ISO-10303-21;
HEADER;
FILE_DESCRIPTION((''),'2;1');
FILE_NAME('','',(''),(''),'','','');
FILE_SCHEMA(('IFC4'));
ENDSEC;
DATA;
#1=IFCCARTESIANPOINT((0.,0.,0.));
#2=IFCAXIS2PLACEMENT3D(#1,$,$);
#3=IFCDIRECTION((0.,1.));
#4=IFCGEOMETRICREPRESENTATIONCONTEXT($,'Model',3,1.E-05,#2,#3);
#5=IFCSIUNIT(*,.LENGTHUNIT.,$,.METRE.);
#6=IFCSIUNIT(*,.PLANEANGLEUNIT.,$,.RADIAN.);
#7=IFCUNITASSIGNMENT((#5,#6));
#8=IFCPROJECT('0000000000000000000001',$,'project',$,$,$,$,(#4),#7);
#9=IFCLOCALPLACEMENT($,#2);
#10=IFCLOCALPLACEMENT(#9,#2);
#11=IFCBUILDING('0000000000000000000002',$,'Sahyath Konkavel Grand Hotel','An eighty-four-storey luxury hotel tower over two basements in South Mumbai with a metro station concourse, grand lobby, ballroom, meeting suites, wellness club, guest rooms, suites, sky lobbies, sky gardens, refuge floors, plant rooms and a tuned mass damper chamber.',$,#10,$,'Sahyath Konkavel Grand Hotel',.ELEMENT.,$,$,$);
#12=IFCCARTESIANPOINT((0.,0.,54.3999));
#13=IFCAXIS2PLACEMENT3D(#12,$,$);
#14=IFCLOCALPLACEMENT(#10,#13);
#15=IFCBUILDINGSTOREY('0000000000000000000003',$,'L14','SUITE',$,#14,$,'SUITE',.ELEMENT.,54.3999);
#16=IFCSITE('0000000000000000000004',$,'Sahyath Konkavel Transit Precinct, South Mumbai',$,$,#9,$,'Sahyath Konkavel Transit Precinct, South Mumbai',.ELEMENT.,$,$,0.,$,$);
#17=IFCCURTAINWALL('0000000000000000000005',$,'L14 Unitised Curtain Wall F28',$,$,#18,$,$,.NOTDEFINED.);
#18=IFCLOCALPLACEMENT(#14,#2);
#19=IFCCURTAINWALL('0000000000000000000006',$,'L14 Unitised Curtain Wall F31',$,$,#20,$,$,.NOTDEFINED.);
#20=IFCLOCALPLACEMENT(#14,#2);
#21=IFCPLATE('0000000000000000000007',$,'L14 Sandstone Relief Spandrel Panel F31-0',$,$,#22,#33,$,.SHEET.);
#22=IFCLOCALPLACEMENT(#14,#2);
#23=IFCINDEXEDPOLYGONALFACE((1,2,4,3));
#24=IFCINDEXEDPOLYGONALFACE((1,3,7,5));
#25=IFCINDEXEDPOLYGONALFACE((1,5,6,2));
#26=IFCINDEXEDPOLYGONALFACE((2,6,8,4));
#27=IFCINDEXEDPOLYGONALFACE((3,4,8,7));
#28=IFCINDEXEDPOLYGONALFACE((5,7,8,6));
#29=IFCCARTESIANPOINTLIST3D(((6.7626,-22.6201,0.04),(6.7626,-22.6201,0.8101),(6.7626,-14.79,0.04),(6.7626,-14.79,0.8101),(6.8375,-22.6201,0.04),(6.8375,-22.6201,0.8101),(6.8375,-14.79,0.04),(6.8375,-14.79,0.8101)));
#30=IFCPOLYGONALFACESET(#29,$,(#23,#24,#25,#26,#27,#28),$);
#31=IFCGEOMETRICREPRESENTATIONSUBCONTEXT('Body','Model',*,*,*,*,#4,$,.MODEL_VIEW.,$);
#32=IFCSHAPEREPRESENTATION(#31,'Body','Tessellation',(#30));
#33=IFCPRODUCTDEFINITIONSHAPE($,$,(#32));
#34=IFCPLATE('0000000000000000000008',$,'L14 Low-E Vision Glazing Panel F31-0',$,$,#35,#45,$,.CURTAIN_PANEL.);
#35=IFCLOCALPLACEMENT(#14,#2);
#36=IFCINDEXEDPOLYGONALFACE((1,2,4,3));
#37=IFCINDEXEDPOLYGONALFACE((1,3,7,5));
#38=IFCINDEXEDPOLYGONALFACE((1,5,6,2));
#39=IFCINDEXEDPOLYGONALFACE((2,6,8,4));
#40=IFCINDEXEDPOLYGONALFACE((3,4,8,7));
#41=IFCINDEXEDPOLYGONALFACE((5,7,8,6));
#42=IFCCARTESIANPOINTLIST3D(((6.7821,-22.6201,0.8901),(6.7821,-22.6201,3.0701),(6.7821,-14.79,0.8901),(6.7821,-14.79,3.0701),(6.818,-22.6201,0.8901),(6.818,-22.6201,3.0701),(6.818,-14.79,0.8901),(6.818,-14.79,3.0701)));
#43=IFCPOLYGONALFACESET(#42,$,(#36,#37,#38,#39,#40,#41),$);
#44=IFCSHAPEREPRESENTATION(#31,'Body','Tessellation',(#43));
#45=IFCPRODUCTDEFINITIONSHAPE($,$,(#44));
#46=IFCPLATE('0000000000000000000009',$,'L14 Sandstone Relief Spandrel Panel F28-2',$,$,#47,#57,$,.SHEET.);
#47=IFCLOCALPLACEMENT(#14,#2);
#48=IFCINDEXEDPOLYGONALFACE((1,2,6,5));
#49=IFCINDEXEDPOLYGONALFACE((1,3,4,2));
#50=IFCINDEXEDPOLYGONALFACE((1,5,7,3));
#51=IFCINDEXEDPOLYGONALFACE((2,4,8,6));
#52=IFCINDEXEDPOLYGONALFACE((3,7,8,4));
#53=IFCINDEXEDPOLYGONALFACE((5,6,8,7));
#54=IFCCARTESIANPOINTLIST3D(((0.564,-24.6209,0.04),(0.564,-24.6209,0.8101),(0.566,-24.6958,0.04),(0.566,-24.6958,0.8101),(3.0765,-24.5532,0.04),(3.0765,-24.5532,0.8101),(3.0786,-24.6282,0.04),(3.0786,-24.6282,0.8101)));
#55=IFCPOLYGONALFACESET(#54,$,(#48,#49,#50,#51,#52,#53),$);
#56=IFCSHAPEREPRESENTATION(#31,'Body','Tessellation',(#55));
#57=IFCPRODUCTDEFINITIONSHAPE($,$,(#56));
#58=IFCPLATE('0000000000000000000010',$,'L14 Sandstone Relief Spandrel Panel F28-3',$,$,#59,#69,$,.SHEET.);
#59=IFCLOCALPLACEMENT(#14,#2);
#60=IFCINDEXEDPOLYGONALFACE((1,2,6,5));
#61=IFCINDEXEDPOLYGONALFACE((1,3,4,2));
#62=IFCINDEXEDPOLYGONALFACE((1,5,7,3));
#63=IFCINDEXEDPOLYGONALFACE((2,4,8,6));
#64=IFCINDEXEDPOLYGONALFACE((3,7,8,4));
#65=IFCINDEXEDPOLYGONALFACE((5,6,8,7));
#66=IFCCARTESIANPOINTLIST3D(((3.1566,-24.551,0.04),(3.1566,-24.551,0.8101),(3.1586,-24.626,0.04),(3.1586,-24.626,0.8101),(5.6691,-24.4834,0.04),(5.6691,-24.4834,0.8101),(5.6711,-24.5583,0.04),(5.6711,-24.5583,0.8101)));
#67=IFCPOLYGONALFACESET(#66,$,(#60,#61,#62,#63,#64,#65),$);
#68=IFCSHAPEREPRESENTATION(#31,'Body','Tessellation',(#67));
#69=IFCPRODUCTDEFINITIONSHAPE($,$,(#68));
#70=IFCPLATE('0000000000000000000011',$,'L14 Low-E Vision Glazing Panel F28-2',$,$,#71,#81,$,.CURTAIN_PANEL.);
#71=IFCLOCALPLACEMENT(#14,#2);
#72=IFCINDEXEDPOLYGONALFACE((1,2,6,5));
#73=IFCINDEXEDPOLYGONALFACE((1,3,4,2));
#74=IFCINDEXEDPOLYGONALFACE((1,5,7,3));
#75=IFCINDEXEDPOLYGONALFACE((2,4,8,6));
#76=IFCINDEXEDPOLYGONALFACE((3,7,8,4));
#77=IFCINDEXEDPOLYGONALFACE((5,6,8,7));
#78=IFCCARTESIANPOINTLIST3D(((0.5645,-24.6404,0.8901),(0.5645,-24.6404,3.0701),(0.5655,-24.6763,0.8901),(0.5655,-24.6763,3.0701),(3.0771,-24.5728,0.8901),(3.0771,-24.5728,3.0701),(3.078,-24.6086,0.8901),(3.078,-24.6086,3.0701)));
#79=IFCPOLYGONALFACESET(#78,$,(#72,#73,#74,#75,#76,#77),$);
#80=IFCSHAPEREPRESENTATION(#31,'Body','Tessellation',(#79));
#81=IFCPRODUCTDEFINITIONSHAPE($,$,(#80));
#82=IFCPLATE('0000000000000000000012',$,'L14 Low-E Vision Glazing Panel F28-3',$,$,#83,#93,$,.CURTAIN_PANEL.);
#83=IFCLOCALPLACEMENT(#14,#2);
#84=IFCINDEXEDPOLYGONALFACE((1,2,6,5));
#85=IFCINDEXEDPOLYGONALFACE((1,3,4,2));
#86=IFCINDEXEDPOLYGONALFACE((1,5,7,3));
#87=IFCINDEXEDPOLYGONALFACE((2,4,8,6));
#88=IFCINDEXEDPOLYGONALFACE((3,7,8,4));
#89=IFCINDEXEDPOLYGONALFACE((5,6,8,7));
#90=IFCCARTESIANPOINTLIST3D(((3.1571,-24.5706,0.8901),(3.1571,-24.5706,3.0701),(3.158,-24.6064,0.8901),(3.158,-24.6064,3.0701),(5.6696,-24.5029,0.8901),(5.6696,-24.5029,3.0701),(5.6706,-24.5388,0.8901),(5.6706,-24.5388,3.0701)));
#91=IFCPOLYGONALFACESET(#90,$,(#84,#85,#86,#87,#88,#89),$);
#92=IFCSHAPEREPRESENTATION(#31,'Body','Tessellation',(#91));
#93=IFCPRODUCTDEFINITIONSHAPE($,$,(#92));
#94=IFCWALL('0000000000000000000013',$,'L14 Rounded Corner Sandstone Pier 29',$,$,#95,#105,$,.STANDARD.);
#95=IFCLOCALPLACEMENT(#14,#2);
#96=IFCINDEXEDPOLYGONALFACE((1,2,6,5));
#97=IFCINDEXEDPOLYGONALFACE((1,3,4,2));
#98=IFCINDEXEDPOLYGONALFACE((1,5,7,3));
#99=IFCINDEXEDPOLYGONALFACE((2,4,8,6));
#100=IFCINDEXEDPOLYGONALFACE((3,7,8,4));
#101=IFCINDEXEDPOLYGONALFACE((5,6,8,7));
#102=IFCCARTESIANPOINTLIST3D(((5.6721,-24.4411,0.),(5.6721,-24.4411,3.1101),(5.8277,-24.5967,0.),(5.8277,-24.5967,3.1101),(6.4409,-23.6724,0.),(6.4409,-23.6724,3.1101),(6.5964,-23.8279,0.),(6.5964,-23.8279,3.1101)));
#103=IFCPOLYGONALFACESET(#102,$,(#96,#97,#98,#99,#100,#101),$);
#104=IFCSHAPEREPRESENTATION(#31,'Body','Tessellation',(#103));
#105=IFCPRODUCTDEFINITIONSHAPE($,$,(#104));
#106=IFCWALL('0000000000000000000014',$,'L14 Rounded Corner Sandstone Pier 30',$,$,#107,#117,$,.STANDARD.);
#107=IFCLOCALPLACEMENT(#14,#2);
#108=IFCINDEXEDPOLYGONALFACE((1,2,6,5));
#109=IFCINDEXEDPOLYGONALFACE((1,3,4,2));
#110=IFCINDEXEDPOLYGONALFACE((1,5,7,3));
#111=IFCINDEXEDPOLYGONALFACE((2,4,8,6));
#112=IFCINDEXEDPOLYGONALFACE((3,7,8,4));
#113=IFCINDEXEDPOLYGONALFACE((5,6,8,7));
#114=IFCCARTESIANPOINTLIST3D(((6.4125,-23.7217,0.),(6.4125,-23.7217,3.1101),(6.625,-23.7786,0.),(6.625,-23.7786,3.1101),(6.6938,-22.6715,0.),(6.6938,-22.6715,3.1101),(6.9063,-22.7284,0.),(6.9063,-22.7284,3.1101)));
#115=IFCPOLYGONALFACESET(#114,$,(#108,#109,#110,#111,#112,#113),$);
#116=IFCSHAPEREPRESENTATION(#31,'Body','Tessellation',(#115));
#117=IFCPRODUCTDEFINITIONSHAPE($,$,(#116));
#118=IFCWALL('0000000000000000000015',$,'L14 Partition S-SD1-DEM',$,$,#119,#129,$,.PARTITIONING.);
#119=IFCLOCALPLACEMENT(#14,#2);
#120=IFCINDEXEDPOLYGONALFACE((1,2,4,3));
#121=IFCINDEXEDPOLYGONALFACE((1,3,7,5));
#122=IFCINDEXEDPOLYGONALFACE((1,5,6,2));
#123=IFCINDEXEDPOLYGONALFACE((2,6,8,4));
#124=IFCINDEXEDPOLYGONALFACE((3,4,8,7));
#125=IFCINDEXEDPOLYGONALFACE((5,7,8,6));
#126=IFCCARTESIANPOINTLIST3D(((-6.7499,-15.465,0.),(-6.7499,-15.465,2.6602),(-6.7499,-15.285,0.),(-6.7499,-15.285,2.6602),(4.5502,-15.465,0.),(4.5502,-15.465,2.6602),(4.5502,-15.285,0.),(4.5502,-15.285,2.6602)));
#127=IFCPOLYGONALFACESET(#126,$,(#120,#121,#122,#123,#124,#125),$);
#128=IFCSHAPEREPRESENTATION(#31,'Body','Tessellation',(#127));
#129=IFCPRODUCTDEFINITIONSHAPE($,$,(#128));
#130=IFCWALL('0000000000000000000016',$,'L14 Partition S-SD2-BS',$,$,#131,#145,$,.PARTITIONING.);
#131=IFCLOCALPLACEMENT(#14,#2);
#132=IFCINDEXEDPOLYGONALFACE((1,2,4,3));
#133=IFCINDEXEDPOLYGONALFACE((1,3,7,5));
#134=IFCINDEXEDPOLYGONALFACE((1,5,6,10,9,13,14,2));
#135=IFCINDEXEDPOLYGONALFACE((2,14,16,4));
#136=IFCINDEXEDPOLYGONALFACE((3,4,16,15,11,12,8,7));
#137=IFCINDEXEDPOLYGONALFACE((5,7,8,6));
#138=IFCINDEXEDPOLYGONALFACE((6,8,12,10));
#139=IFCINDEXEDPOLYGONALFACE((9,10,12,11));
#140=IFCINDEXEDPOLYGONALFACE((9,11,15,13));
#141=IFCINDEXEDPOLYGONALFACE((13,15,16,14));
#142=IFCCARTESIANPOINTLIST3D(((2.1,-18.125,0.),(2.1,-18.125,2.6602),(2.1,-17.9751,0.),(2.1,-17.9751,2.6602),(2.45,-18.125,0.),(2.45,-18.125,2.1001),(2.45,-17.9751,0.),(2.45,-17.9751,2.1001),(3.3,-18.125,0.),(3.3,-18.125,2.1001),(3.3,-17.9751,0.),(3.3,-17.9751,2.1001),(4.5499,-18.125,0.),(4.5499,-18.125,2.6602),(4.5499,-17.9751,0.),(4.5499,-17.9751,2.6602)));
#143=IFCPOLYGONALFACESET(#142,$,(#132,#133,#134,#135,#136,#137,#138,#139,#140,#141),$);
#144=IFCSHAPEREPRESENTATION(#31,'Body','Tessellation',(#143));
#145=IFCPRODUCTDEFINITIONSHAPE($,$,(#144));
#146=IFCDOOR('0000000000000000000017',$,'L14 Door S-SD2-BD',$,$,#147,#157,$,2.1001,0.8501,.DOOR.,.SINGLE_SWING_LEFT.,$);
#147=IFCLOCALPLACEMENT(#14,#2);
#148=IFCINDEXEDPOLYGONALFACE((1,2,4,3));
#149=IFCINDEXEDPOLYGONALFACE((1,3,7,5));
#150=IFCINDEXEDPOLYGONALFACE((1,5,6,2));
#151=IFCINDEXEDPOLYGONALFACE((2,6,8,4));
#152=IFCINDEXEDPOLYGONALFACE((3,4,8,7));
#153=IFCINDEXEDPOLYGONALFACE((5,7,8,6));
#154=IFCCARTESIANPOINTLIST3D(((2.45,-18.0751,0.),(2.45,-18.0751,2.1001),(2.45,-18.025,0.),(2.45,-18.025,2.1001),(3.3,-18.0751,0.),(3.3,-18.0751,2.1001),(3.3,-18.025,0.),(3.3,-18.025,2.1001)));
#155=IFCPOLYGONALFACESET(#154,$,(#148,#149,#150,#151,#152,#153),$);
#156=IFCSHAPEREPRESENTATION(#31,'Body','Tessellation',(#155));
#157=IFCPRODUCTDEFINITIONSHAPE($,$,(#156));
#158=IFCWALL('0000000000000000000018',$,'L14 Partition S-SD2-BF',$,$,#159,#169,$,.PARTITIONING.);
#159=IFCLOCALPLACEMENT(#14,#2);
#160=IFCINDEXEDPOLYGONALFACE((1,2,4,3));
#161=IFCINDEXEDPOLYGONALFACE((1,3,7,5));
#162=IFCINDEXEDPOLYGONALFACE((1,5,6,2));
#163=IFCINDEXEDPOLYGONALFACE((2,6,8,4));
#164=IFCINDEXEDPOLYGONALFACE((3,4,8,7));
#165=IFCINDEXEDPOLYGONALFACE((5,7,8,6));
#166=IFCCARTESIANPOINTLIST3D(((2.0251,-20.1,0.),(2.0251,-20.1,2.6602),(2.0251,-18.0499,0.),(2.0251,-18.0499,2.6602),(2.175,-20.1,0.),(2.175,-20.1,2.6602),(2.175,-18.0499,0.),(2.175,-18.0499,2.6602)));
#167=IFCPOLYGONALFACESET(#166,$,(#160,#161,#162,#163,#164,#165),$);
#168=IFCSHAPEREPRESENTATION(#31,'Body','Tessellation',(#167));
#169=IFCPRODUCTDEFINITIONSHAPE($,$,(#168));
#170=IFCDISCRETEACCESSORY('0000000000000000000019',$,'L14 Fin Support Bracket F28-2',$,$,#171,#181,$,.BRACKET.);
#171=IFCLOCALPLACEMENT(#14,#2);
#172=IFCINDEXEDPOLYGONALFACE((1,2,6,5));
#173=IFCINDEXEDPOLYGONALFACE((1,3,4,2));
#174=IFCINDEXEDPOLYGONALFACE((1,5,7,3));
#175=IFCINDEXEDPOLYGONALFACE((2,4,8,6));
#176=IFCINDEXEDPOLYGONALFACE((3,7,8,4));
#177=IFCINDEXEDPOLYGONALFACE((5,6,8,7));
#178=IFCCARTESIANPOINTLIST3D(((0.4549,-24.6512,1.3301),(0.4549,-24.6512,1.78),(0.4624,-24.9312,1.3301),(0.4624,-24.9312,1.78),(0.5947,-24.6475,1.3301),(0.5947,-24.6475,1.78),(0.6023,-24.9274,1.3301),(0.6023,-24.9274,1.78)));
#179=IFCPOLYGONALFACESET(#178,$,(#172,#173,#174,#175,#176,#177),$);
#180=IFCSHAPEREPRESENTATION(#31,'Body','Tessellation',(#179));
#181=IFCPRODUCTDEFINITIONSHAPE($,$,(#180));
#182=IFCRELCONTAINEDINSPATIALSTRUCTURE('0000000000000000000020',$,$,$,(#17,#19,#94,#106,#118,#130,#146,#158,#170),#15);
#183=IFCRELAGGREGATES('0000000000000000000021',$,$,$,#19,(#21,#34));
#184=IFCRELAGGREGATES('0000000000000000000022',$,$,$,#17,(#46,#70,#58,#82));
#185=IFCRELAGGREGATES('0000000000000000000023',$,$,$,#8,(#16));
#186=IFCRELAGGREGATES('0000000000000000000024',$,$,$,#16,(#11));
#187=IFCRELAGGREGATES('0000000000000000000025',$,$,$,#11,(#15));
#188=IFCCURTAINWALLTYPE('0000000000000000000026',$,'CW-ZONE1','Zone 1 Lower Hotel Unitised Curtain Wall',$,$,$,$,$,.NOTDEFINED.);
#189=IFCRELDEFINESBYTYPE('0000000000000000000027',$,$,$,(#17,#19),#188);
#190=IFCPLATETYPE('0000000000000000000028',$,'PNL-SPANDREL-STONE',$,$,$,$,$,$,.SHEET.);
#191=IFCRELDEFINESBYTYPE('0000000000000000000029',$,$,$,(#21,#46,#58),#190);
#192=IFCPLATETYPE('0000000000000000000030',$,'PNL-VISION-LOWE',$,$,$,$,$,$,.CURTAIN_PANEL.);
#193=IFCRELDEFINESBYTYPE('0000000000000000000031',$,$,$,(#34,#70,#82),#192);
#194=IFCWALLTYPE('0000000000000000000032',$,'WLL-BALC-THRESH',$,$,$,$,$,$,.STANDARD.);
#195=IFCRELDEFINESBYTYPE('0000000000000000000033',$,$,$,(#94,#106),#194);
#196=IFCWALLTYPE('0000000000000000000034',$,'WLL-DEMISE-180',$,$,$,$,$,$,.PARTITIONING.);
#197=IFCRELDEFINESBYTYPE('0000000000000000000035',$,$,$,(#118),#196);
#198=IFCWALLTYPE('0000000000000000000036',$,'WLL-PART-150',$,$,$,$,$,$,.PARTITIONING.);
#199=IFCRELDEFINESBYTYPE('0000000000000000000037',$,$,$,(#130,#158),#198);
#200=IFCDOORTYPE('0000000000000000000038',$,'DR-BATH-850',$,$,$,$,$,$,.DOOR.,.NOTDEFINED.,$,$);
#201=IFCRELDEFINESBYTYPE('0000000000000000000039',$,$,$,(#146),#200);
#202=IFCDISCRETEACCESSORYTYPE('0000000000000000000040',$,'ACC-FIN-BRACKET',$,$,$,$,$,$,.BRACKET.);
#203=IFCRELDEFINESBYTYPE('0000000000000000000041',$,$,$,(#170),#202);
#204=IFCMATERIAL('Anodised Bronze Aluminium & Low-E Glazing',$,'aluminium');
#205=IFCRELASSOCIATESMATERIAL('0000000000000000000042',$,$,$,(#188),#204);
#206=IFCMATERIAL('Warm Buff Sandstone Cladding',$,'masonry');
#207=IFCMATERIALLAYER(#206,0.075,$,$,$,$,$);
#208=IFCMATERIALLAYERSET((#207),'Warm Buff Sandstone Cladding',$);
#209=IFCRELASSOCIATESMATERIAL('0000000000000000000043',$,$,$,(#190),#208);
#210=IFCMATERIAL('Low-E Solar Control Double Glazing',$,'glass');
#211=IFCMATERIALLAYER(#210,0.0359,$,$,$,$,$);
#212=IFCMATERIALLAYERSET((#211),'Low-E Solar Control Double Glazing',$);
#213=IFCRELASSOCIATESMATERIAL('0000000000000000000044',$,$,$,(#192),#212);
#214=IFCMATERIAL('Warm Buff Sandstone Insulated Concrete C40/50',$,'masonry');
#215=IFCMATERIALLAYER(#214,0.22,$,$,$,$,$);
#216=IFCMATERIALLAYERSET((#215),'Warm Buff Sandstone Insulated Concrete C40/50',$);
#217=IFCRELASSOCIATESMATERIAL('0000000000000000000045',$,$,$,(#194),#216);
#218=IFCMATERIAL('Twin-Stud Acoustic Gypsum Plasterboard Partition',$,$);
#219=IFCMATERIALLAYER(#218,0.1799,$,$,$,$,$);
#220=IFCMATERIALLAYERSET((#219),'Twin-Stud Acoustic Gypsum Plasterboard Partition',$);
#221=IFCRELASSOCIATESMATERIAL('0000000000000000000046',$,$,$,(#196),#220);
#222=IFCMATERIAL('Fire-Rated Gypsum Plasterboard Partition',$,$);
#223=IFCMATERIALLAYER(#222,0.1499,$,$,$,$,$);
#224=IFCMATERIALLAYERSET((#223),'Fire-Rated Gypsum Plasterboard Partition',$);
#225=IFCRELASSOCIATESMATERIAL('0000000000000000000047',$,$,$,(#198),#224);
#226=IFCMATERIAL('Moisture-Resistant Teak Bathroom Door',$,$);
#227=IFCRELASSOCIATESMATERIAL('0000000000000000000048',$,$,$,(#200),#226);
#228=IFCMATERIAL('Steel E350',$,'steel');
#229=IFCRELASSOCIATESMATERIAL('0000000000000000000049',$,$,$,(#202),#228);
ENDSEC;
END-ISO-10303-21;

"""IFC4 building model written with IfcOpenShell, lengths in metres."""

from ifc_helpers import new_model, si_unit, direction, frame, frame_2d, origin, origin_2d, place, context, subcontext, project, spatial, rectangle, extrude, source, transform, mapped, material, layer, layer_set, type_object, element, fill, aggregate, save


model = new_model("IFC4")

# Units and contexts
model_context = context("Model", 3, precision=1e-05, world=origin(), true_north=direction((0.0, 1.0)))
body_context = subcontext(model_context, "Body", "Model", "MODEL_VIEW")
ifc_project = project(units=[si_unit("LENGTHUNIT", "METRE"), si_unit("PLANEANGLEUNIT", "RADIAN")], contexts=[model_context])

# Site, building, storey
site_placement = place(None, origin())
site = spatial("IfcSite", under=ifc_project, at=site_placement, Name="Sahyath Konkavel Transit Precinct, South Mumbai", LongName="Sahyath Konkavel Transit Precinct, South Mumbai", CompositionType="ELEMENT", RefElevation=0.0)
building_placement = place(site_placement, origin())
building = spatial("IfcBuilding", under=site, at=building_placement, Name="Sahyath Konkavel Grand Hotel", Description="An eighty-four-storey luxury hotel tower over two basements in South Mumbai with a metro station concourse, grand lobby, ballroom, meeting suites, wellness club, guest rooms, suites, sky lobbies, sky gardens, refuge floors, plant rooms and a tuned mass damper chamber.", LongName="Sahyath Konkavel Grand Hotel", CompositionType="ELEMENT")
storey_placement = place(building_placement, frame((0.0, 0.0, 54.3999)))
storey = spatial("IfcBuildingStorey", under=building, at=storey_placement, Name="L14", Description="SUITE", LongName="SUITE", CompositionType="ELEMENT", Elevation=54.3999)

# Curtain wall
ifc_material_1 = material(Name="Anodised Bronze Aluminium & Low-E Glazing", Category="aluminium")
curtain_wall_type = type_object("IfcCurtainWallType", Name="CW-ZONE1", Description="Zone 1 Lower Hotel Unitised Curtain Wall", PredefinedType="NOTDEFINED", material=ifc_material_1)
curtain_wall_1_placement = place(storey_placement, origin())
curtain_wall_1 = element("IfcCurtainWall", 1, at=curtain_wall_1_placement, inside=storey, type_object=curtain_wall_type, Name="L14 Unitised Curtain Wall F28", PredefinedType="NOTDEFINED")

# Curtain wall
curtain_wall_2_placement = place(storey_placement, origin())
curtain_wall_2 = element("IfcCurtainWall", 2, at=curtain_wall_2_placement, inside=storey, type_object=curtain_wall_type, Name="L14 Unitised Curtain Wall F31", PredefinedType="NOTDEFINED")

# Plates
ifc_material_2 = material(Name="Warm Buff Sandstone Cladding", Category="masonry")
ifc_layer_1 = layer(ifc_material_2, 0.075)
ifc_layer_set_1 = layer_set([ifc_layer_1], Name="Warm Buff Sandstone Cladding")
plate_type_1 = type_object("IfcPlateType", Name="PNL-SPANDREL-STONE", PredefinedType="SHEET", material=ifc_layer_set_1)
shared_shape_1 = source(origin(), body_context, "Body", "SweptSolid", [
    extrude(rectangle(XDim=7.8301, YDim=0.075, at=origin_2d()), origin(), (0.0, 0.0, 1.0), 0.77),
])
plate_1_placement = place(storey_placement, frame((6.8, -18.7051, 0.04), z_axis=(0.0, 0.0, 1.0), x_axis=(0.0, 1.0, 0.0)))
plate_1 = element("IfcPlate", 3, at=plate_1_placement, type_object=plate_type_1, Name="L14 Sandstone Relief Spandrel Panel F31-0", PredefinedType="SHEET", context=body_context, shape_type="MappedRepresentation", body=[
    mapped(shared_shape_1, transform((0.0, 0.0, 0.0), scale=1.0)),
])
ifc_material_3 = material(Name="Low-E Solar Control Double Glazing", Category="glass")
ifc_layer_2 = layer(ifc_material_3, 0.0359)
ifc_layer_set_2 = layer_set([ifc_layer_2], Name="Low-E Solar Control Double Glazing")
plate_type_2 = type_object("IfcPlateType", Name="PNL-VISION-LOWE", PredefinedType="CURTAIN_PANEL", material=ifc_layer_set_2)
shared_shape_2 = source(origin(), body_context, "Body", "SweptSolid", [
    extrude(rectangle(XDim=7.8301, YDim=0.0359, at=origin_2d()), origin(), (0.0, 0.0, 1.0), 2.1799),
])
plate_2_placement = place(storey_placement, frame((6.8, -18.7051, 0.8901), z_axis=(0.0, 0.0, 1.0), x_axis=(0.0, 1.0, 0.0)))
plate_2 = element("IfcPlate", 4, at=plate_2_placement, type_object=plate_type_2, Name="L14 Low-E Vision Glazing Panel F31-0", PredefinedType="CURTAIN_PANEL", context=body_context, shape_type="MappedRepresentation", body=[
    mapped(shared_shape_2, transform((0.0, 0.0, 0.0), scale=1.0)),
])
aggregate(curtain_wall_2, [plate_1, plate_2])
shared_shape_3 = source(origin(), body_context, "Body", "SweptSolid", [
    extrude(rectangle(XDim=2.5134, YDim=0.075, at=origin_2d()), origin(), (0.0, 0.0, 1.0), 0.77),
])
plate_3_placement = place(storey_placement, frame((1.8213, -24.6245, 0.04), z_axis=(0.0, 0.0, 1.0), x_axis=(0.999638, 0.02691, 0.0)))
plate_3 = element("IfcPlate", 5, at=plate_3_placement, type_object=plate_type_1, Name="L14 Sandstone Relief Spandrel Panel F28-2", PredefinedType="SHEET", context=body_context, shape_type="MappedRepresentation", body=[
    mapped(shared_shape_3, transform((0.0, 0.0, 0.0), scale=1.0)),
])
plate_4_placement = place(storey_placement, frame((4.4138, -24.5547, 0.04), z_axis=(0.0, 0.0, 1.0), x_axis=(0.999638, 0.02691, 0.0)))
plate_4 = element("IfcPlate", 6, at=plate_4_placement, type_object=plate_type_1, Name="L14 Sandstone Relief Spandrel Panel F28-3", PredefinedType="SHEET", context=body_context, shape_type="MappedRepresentation", body=[
    mapped(shared_shape_3, transform((0.0, 0.0, 0.0), scale=1.0)),
])
shared_shape_4 = source(origin(), body_context, "Body", "SweptSolid", [
    extrude(rectangle(XDim=2.5134, YDim=0.0359, at=origin_2d()), origin(), (0.0, 0.0, 1.0), 2.1799),
])
plate_5_placement = place(storey_placement, frame((1.8213, -24.6245, 0.8901), z_axis=(0.0, 0.0, 1.0), x_axis=(0.999638, 0.02691, 0.0)))
plate_5 = element("IfcPlate", 7, at=plate_5_placement, type_object=plate_type_2, Name="L14 Low-E Vision Glazing Panel F28-2", PredefinedType="CURTAIN_PANEL", context=body_context, shape_type="MappedRepresentation", body=[
    mapped(shared_shape_4, transform((0.0, 0.0, 0.0), scale=1.0)),
])
plate_6_placement = place(storey_placement, frame((4.4138, -24.5547, 0.8901), z_axis=(0.0, 0.0, 1.0), x_axis=(0.999638, 0.02691, 0.0)))
plate_6 = element("IfcPlate", 8, at=plate_6_placement, type_object=plate_type_2, Name="L14 Low-E Vision Glazing Panel F28-3", PredefinedType="CURTAIN_PANEL", context=body_context, shape_type="MappedRepresentation", body=[
    mapped(shared_shape_4, transform((0.0, 0.0, 0.0), scale=1.0)),
])
aggregate(curtain_wall_1, [plate_3, plate_5, plate_4, plate_6])

# Walls
ifc_material_4 = material(Name="Warm Buff Sandstone Insulated Concrete C40/50", Category="masonry")
ifc_layer_3 = layer(ifc_material_4, 0.22)
ifc_layer_set_3 = layer_set([ifc_layer_3], Name="Warm Buff Sandstone Insulated Concrete C40/50")
wall_type_1 = type_object("IfcWallType", Name="WLL-BALC-THRESH", PredefinedType="STANDARD", material=ifc_layer_set_3)
for number, where, z_axis, x_axis, name in (
    (9, (5.75, -24.5188, 0.0), (0.0, 0.0, 1.0), (0.707107, 0.707107, 0.0), "L14 Rounded Corner Sandstone Pier 29"),
    (10, (6.5188, -23.75, 0.0), (0.0, 0.0, 1.0), (0.258725, 0.965951, 0.0), "L14 Rounded Corner Sandstone Pier 30"),
):
    element("IfcWall", number, at=place(storey_placement, frame(where, z_axis=z_axis, x_axis=x_axis)), inside=storey, type_object=wall_type_1, Name=name, PredefinedType="STANDARD", context=body_context, shape_type="SweptSolid", body=[
        extrude(rectangle(XDim=1.0872, YDim=0.22, at=frame_2d((0.5435, 0.0))), origin(), (0.0, 0.0, 1.0), 3.1101),
    ])
ifc_material_5 = material(Name="Twin-Stud Acoustic Gypsum Plasterboard Partition")
ifc_layer_4 = layer(ifc_material_5, 0.1799)
ifc_layer_set_4 = layer_set([ifc_layer_4], Name="Twin-Stud Acoustic Gypsum Plasterboard Partition")
wall_type_2 = type_object("IfcWallType", Name="WLL-DEMISE-180", PredefinedType="PARTITIONING", material=ifc_layer_set_4)
wall_1_placement = place(storey_placement, frame((4.55, -15.375, 0.0), z_axis=(0.0, 0.0, 1.0), x_axis=(-1.0, 0.0, 0.0)))
element("IfcWall", 11, at=wall_1_placement, inside=storey, type_object=wall_type_2, Name="L14 Partition S-SD1-DEM", PredefinedType="PARTITIONING", context=body_context, shape_type="SweptSolid", body=[
    extrude(rectangle(XDim=11.3, YDim=0.1799, at=frame_2d((5.6499, 0.0))), origin(), (0.0, 0.0, 1.0), 2.6602),
])

# Wall, opening, door
ifc_material_6 = material(Name="Fire-Rated Gypsum Plasterboard Partition")
ifc_layer_5 = layer(ifc_material_6, 0.1499)
ifc_layer_set_5 = layer_set([ifc_layer_5], Name="Fire-Rated Gypsum Plasterboard Partition")
wall_type_3 = type_object("IfcWallType", Name="WLL-PART-150", PredefinedType="PARTITIONING", material=ifc_layer_set_5)
wall_2_placement = place(storey_placement, frame((4.55, -18.05, 0.0), z_axis=(0.0, 0.0, 1.0), x_axis=(-1.0, 0.0, 0.0)))
wall_2 = element("IfcWall", 12, at=wall_2_placement, inside=storey, type_object=wall_type_3, Name="L14 Partition S-SD2-BS", PredefinedType="PARTITIONING", context=body_context, shape_type="SweptSolid", body=[
    extrude(rectangle(XDim=2.45, YDim=0.1499, at=frame_2d((1.2251, 0.0))), origin(), (0.0, 0.0, 1.0), 2.6602),
])
opening_placement = place(wall_2_placement, frame((1.25, 0.0, 0.0)))
opening = element("IfcOpeningElement", 13, at=opening_placement, cuts=wall_2, PredefinedType="OPENING", context=body_context, shape_type="SweptSolid", body=[
    extrude(rectangle(XDim=0.8501, YDim=2.1001, at=frame_2d((0.425, 1.05))), frame((0.0, 0.085, 0.0), z_axis=(0.0, -1.0, 0.0), x_axis=(1.0, 0.0, 0.0)), (0.0, 0.0, 1.0), 0.1699),
])
ifc_material_7 = material(Name="Moisture-Resistant Teak Bathroom Door")
door_type = type_object("IfcDoorType", Name="DR-BATH-850", OperationType="NOTDEFINED", PredefinedType="DOOR", material=ifc_material_7)
shared_shape_5 = source(origin(), body_context, "Body", "SweptSolid", [
    extrude(rectangle(XDim=0.8501, YDim=0.05, at=origin_2d()), origin(), (0.0, 0.0, 1.0), 2.1001),
])
door_placement = place(opening_placement, frame((0.425, 0.0, 0.0)))
door = element("IfcDoor", 14, at=door_placement, inside=storey, type_object=door_type, Name="L14 Door S-SD2-BD", OperationType="SINGLE_SWING_LEFT", OverallHeight=2.1001, OverallWidth=0.8501, PredefinedType="DOOR", context=body_context, shape_type="MappedRepresentation", body=[
    mapped(shared_shape_5, transform((0.0, 0.0, 0.0), scale=1.0)),
])
fill(opening, door)

# Wall
wall_3_placement = place(storey_placement, frame((2.1001, -18.05, 0.0), z_axis=(0.0, 0.0, 1.0), x_axis=(0.0, -1.0, 0.0)))
element("IfcWall", 15, at=wall_3_placement, inside=storey, type_object=wall_type_3, Name="L14 Partition S-SD2-BF", PredefinedType="PARTITIONING", context=body_context, shape_type="SweptSolid", body=[
    extrude(rectangle(XDim=2.05, YDim=0.1499, at=frame_2d((1.0249, 0.0))), origin(), (0.0, 0.0, 1.0), 2.6602),
])

# Discrete accessory
ifc_material_8 = material(Name="Steel E350", Category="steel")
discrete_accessory_type = type_object("IfcDiscreteAccessoryType", Name="ACC-FIN-BRACKET", PredefinedType="BRACKET", material=ifc_material_8)
shared_shape_6 = source(origin(), body_context, "Body", "SweptSolid", [
    extrude(rectangle(XDim=0.28, YDim=0.1399, at=origin_2d()), origin(), (0.0, 0.0, 1.0), 0.45),
])
discrete_accessory_placement = place(storey_placement, frame((0.5286, -24.7893, 1.3301), z_axis=(0.0, 0.0, 1.0), x_axis=(0.02691, -0.999638, 0.0)))
element("IfcDiscreteAccessory", 16, at=discrete_accessory_placement, inside=storey, type_object=discrete_accessory_type, Name="L14 Fin Support Bracket F28-2", PredefinedType="BRACKET", context=body_context, shape_type="MappedRepresentation", body=[
    mapped(shared_shape_6, transform((0.0, 0.0, 0.0), scale=1.0)),
])

save(model, "model.ifc")
